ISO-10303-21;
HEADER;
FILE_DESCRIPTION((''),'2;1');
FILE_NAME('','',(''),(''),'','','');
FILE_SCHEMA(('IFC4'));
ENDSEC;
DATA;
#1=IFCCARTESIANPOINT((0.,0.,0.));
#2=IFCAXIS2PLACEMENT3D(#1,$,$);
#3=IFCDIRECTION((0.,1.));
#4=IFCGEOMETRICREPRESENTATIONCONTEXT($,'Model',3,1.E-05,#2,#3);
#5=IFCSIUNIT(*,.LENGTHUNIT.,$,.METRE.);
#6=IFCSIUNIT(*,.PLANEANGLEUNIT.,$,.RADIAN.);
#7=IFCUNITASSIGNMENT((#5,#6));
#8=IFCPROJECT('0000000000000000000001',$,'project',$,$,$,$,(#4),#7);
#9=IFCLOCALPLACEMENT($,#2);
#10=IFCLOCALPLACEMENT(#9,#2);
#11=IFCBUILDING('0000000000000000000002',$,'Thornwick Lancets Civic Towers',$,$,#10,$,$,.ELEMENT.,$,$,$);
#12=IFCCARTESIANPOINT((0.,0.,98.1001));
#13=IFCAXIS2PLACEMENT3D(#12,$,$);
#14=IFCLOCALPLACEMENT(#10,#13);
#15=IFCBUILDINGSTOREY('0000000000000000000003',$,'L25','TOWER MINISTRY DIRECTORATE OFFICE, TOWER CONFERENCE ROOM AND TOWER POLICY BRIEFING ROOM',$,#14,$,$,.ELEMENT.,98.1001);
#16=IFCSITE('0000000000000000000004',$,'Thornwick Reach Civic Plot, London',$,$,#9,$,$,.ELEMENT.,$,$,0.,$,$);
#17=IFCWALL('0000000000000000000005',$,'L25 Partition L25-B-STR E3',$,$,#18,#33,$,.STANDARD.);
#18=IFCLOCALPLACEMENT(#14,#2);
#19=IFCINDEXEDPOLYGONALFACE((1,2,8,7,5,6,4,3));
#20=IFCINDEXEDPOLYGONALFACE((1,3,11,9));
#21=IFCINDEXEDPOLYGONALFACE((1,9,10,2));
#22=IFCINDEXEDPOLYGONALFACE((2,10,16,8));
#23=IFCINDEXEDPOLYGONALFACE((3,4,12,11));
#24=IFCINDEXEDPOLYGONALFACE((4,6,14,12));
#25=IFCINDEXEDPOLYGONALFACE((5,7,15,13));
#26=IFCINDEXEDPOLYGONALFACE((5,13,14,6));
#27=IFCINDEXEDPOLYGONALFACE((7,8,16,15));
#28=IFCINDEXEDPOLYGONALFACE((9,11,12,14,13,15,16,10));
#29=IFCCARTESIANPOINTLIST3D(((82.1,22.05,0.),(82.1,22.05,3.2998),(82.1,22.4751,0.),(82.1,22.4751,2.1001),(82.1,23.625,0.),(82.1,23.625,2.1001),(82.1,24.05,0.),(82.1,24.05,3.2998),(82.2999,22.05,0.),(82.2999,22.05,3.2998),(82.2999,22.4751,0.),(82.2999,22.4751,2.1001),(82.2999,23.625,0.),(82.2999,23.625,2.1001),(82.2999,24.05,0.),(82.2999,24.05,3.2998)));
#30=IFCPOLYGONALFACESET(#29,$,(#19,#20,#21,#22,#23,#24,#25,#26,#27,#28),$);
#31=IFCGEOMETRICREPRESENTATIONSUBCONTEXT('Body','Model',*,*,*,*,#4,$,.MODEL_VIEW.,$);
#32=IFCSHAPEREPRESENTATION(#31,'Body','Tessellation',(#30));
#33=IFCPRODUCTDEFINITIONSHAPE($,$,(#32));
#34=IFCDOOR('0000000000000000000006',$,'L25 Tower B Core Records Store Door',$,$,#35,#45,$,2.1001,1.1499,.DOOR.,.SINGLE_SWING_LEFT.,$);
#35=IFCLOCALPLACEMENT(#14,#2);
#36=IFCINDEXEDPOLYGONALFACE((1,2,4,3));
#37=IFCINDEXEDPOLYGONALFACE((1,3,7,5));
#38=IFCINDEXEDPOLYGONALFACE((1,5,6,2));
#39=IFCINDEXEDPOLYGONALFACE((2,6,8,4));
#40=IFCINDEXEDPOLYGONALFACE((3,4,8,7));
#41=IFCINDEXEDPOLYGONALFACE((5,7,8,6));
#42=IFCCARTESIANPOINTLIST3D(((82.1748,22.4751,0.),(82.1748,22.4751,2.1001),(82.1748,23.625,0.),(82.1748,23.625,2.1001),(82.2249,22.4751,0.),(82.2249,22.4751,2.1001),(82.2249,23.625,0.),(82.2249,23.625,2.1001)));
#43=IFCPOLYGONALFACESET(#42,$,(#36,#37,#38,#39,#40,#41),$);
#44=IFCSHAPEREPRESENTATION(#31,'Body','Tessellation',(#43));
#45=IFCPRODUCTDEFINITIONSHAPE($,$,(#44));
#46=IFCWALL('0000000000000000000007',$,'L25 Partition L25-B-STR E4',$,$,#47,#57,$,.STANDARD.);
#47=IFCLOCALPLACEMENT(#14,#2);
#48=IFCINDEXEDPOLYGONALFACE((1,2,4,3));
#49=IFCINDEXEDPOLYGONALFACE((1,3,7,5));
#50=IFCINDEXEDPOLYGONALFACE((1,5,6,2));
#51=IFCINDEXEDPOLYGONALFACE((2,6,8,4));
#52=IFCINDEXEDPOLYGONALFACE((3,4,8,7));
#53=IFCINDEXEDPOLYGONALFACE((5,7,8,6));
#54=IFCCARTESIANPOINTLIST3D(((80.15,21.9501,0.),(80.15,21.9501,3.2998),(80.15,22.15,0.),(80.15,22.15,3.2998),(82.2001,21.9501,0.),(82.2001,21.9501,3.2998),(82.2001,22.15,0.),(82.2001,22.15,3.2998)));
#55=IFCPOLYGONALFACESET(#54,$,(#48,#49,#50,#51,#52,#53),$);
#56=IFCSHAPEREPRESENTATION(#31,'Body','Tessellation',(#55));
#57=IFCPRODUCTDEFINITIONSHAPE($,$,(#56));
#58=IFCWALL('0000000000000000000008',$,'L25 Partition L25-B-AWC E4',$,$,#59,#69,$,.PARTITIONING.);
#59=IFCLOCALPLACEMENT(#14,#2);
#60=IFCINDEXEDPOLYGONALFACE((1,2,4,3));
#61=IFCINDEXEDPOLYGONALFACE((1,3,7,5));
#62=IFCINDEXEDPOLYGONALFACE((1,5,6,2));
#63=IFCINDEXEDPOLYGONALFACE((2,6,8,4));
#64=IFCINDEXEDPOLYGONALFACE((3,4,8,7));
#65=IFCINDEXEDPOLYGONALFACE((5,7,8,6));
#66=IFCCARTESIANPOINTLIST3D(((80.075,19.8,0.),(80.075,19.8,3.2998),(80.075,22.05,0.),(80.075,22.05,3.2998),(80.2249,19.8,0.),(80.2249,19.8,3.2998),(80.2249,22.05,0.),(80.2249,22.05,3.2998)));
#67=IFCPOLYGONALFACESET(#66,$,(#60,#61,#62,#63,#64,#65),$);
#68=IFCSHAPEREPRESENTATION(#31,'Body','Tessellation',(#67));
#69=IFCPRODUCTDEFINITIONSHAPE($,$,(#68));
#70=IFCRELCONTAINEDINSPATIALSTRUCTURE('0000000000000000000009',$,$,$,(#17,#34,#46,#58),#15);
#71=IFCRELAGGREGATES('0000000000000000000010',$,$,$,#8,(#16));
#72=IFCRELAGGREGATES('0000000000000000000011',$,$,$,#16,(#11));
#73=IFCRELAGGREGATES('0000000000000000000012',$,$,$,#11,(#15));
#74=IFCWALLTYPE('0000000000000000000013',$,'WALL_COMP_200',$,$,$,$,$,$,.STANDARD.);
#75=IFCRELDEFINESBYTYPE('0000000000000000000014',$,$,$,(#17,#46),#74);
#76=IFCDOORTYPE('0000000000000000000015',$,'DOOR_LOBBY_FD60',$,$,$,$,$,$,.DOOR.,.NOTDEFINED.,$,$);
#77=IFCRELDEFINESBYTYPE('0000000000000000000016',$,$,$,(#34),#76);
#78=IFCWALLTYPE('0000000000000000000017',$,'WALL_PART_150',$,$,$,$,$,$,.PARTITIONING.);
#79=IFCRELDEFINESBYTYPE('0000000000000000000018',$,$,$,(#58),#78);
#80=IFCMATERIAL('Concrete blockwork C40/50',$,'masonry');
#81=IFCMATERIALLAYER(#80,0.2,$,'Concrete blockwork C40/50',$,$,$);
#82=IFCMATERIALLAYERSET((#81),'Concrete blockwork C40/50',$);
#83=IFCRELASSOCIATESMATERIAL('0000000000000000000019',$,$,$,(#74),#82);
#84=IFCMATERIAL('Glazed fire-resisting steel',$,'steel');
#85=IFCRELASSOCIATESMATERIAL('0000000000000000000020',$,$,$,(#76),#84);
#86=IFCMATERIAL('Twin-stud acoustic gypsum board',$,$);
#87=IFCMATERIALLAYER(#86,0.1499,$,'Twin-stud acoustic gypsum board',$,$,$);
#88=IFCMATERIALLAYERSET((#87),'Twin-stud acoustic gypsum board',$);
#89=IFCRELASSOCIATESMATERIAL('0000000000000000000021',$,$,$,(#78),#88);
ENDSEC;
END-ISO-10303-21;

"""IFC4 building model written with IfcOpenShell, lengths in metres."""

from ifc_helpers import new_model, si_unit, direction, frame, frame_2d, origin, place, context, subcontext, project, spatial, rectangle, extrude, material, layer, layer_set, type_object, element, fill, save


model = new_model("IFC4")

# Units and contexts
model_context = context("Model", 3, precision=1e-05, world=origin(), true_north=direction((0.0, 1.0)))
body_context = subcontext(model_context, "Body", "Model", "MODEL_VIEW")
ifc_project = project(units=[si_unit("LENGTHUNIT", "METRE"), si_unit("PLANEANGLEUNIT", "RADIAN")], contexts=[model_context])

# Site, building, storey
site_placement = place(None, origin())
site = spatial("IfcSite", under=ifc_project, at=site_placement, Name="Thornwick Reach Civic Plot, London", CompositionType="ELEMENT", RefElevation=0.0)
building_placement = place(site_placement, origin())
building = spatial("IfcBuilding", under=site, at=building_placement, Name="Thornwick Lancets Civic Towers", CompositionType="ELEMENT")
storey_placement = place(building_placement, frame((0.0, 0.0, 98.1001)))
storey = spatial("IfcBuildingStorey", under=building, at=storey_placement, Name="L25", Description="TOWER MINISTRY DIRECTORATE OFFICE, TOWER CONFERENCE ROOM AND TOWER POLICY BRIEFING ROOM", CompositionType="ELEMENT", Elevation=98.1001)

# Shared definitions
ifc_material_1 = material(Name="Concrete blockwork C40/50", Category="masonry")
ifc_layer_1 = layer(ifc_material_1, 0.2, Name="Concrete blockwork C40/50")
ifc_layer_set_1 = layer_set([ifc_layer_1], Name="Concrete blockwork C40/50")
wall_type_1 = type_object("IfcWallType", Name="WALL_COMP_200", PredefinedType="STANDARD", material=ifc_layer_set_1)

# Wall, opening, door
wall_1_placement = place(storey_placement, frame((82.2, 24.05, 0.0), z_axis=(0.0, 0.0, 1.0), x_axis=(0.0, -1.0, 0.0)))
wall_1 = element("IfcWall", 1, at=wall_1_placement, inside=storey, type_object=wall_type_1, Name="L25 Partition L25-B-STR E3", PredefinedType="STANDARD", context=body_context, shape_type="SweptSolid", body=[
    extrude(rectangle(XDim=2.0, YDim=0.2, at=frame_2d((1.0, 0.0))), origin(), (0.0, 0.0, 1.0), 3.2998),
])
opening_1_placement = place(wall_1_placement, frame((0.425, 0.0, 0.0)))
opening_1 = element("IfcOpeningElement", 2, at=opening_1_placement, cuts=wall_1, PredefinedType="OPENING", context=body_context, shape_type="SweptSolid", body=[
    extrude(rectangle(XDim=1.1499, YDim=2.1001, at=frame_2d((0.575, 1.05))), frame((0.0, 0.1099, 0.0), z_axis=(0.0, -1.0, 0.0), x_axis=(1.0, 0.0, 0.0)), (0.0, 0.0, 1.0), 0.22),
])
ifc_material_2 = material(Name="Glazed fire-resisting steel", Category="steel")
door_type_1 = type_object("IfcDoorType", Name="DOOR_LOBBY_FD60", OperationType="NOTDEFINED", PredefinedType="DOOR", material=ifc_material_2)
door_1_placement = place(opening_1_placement, origin())
door_1 = element("IfcDoor", 3, at=door_1_placement, inside=storey, type_object=door_type_1, Name="L25 Tower B Core Records Store Door", OperationType="SINGLE_SWING_LEFT", OverallHeight=2.1001, OverallWidth=1.1499, PredefinedType="DOOR", context=body_context, shape_type="SweptSolid", body=[
    extrude(rectangle(XDim=1.1499, YDim=2.1001, at=frame_2d((0.575, 1.05))), frame((0.0, 0.0249, 0.0), z_axis=(0.0, -1.0, 0.0), x_axis=(1.0, 0.0, 0.0)), (0.0, 0.0, 1.0), 0.05),
])
fill(opening_1, door_1)

# Walls
wall_2_placement = place(storey_placement, frame((82.2, 22.05, 0.0), z_axis=(0.0, 0.0, 1.0), x_axis=(-1.0, 0.0, 0.0)))
element("IfcWall", 4, at=wall_2_placement, inside=storey, type_object=wall_type_1, Name="L25 Partition L25-B-STR E4", PredefinedType="STANDARD", context=body_context, shape_type="SweptSolid", body=[
    extrude(rectangle(XDim=2.05, YDim=0.2, at=frame_2d((1.0249, 0.0))), origin(), (0.0, 0.0, 1.0), 3.2998),
])
ifc_material_3 = material(Name="Twin-stud acoustic gypsum board")
ifc_layer_2 = layer(ifc_material_3, 0.1499, Name="Twin-stud acoustic gypsum board")
ifc_layer_set_2 = layer_set([ifc_layer_2], Name="Twin-stud acoustic gypsum board")
wall_type_2 = type_object("IfcWallType", Name="WALL_PART_150", PredefinedType="PARTITIONING", material=ifc_layer_set_2)
wall_3_placement = place(storey_placement, frame((80.1499, 22.05, 0.0), z_axis=(0.0, 0.0, 1.0), x_axis=(0.0, -1.0, 0.0)))
element("IfcWall", 5, at=wall_3_placement, inside=storey, type_object=wall_type_2, Name="L25 Partition L25-B-AWC E4", PredefinedType="PARTITIONING", context=body_context, shape_type="SweptSolid", body=[
    extrude(rectangle(XDim=2.25, YDim=0.1499, at=frame_2d((1.125, 0.0))), origin(), (0.0, 0.0, 1.0), 3.2998),
])

save(model, "model.ifc")
